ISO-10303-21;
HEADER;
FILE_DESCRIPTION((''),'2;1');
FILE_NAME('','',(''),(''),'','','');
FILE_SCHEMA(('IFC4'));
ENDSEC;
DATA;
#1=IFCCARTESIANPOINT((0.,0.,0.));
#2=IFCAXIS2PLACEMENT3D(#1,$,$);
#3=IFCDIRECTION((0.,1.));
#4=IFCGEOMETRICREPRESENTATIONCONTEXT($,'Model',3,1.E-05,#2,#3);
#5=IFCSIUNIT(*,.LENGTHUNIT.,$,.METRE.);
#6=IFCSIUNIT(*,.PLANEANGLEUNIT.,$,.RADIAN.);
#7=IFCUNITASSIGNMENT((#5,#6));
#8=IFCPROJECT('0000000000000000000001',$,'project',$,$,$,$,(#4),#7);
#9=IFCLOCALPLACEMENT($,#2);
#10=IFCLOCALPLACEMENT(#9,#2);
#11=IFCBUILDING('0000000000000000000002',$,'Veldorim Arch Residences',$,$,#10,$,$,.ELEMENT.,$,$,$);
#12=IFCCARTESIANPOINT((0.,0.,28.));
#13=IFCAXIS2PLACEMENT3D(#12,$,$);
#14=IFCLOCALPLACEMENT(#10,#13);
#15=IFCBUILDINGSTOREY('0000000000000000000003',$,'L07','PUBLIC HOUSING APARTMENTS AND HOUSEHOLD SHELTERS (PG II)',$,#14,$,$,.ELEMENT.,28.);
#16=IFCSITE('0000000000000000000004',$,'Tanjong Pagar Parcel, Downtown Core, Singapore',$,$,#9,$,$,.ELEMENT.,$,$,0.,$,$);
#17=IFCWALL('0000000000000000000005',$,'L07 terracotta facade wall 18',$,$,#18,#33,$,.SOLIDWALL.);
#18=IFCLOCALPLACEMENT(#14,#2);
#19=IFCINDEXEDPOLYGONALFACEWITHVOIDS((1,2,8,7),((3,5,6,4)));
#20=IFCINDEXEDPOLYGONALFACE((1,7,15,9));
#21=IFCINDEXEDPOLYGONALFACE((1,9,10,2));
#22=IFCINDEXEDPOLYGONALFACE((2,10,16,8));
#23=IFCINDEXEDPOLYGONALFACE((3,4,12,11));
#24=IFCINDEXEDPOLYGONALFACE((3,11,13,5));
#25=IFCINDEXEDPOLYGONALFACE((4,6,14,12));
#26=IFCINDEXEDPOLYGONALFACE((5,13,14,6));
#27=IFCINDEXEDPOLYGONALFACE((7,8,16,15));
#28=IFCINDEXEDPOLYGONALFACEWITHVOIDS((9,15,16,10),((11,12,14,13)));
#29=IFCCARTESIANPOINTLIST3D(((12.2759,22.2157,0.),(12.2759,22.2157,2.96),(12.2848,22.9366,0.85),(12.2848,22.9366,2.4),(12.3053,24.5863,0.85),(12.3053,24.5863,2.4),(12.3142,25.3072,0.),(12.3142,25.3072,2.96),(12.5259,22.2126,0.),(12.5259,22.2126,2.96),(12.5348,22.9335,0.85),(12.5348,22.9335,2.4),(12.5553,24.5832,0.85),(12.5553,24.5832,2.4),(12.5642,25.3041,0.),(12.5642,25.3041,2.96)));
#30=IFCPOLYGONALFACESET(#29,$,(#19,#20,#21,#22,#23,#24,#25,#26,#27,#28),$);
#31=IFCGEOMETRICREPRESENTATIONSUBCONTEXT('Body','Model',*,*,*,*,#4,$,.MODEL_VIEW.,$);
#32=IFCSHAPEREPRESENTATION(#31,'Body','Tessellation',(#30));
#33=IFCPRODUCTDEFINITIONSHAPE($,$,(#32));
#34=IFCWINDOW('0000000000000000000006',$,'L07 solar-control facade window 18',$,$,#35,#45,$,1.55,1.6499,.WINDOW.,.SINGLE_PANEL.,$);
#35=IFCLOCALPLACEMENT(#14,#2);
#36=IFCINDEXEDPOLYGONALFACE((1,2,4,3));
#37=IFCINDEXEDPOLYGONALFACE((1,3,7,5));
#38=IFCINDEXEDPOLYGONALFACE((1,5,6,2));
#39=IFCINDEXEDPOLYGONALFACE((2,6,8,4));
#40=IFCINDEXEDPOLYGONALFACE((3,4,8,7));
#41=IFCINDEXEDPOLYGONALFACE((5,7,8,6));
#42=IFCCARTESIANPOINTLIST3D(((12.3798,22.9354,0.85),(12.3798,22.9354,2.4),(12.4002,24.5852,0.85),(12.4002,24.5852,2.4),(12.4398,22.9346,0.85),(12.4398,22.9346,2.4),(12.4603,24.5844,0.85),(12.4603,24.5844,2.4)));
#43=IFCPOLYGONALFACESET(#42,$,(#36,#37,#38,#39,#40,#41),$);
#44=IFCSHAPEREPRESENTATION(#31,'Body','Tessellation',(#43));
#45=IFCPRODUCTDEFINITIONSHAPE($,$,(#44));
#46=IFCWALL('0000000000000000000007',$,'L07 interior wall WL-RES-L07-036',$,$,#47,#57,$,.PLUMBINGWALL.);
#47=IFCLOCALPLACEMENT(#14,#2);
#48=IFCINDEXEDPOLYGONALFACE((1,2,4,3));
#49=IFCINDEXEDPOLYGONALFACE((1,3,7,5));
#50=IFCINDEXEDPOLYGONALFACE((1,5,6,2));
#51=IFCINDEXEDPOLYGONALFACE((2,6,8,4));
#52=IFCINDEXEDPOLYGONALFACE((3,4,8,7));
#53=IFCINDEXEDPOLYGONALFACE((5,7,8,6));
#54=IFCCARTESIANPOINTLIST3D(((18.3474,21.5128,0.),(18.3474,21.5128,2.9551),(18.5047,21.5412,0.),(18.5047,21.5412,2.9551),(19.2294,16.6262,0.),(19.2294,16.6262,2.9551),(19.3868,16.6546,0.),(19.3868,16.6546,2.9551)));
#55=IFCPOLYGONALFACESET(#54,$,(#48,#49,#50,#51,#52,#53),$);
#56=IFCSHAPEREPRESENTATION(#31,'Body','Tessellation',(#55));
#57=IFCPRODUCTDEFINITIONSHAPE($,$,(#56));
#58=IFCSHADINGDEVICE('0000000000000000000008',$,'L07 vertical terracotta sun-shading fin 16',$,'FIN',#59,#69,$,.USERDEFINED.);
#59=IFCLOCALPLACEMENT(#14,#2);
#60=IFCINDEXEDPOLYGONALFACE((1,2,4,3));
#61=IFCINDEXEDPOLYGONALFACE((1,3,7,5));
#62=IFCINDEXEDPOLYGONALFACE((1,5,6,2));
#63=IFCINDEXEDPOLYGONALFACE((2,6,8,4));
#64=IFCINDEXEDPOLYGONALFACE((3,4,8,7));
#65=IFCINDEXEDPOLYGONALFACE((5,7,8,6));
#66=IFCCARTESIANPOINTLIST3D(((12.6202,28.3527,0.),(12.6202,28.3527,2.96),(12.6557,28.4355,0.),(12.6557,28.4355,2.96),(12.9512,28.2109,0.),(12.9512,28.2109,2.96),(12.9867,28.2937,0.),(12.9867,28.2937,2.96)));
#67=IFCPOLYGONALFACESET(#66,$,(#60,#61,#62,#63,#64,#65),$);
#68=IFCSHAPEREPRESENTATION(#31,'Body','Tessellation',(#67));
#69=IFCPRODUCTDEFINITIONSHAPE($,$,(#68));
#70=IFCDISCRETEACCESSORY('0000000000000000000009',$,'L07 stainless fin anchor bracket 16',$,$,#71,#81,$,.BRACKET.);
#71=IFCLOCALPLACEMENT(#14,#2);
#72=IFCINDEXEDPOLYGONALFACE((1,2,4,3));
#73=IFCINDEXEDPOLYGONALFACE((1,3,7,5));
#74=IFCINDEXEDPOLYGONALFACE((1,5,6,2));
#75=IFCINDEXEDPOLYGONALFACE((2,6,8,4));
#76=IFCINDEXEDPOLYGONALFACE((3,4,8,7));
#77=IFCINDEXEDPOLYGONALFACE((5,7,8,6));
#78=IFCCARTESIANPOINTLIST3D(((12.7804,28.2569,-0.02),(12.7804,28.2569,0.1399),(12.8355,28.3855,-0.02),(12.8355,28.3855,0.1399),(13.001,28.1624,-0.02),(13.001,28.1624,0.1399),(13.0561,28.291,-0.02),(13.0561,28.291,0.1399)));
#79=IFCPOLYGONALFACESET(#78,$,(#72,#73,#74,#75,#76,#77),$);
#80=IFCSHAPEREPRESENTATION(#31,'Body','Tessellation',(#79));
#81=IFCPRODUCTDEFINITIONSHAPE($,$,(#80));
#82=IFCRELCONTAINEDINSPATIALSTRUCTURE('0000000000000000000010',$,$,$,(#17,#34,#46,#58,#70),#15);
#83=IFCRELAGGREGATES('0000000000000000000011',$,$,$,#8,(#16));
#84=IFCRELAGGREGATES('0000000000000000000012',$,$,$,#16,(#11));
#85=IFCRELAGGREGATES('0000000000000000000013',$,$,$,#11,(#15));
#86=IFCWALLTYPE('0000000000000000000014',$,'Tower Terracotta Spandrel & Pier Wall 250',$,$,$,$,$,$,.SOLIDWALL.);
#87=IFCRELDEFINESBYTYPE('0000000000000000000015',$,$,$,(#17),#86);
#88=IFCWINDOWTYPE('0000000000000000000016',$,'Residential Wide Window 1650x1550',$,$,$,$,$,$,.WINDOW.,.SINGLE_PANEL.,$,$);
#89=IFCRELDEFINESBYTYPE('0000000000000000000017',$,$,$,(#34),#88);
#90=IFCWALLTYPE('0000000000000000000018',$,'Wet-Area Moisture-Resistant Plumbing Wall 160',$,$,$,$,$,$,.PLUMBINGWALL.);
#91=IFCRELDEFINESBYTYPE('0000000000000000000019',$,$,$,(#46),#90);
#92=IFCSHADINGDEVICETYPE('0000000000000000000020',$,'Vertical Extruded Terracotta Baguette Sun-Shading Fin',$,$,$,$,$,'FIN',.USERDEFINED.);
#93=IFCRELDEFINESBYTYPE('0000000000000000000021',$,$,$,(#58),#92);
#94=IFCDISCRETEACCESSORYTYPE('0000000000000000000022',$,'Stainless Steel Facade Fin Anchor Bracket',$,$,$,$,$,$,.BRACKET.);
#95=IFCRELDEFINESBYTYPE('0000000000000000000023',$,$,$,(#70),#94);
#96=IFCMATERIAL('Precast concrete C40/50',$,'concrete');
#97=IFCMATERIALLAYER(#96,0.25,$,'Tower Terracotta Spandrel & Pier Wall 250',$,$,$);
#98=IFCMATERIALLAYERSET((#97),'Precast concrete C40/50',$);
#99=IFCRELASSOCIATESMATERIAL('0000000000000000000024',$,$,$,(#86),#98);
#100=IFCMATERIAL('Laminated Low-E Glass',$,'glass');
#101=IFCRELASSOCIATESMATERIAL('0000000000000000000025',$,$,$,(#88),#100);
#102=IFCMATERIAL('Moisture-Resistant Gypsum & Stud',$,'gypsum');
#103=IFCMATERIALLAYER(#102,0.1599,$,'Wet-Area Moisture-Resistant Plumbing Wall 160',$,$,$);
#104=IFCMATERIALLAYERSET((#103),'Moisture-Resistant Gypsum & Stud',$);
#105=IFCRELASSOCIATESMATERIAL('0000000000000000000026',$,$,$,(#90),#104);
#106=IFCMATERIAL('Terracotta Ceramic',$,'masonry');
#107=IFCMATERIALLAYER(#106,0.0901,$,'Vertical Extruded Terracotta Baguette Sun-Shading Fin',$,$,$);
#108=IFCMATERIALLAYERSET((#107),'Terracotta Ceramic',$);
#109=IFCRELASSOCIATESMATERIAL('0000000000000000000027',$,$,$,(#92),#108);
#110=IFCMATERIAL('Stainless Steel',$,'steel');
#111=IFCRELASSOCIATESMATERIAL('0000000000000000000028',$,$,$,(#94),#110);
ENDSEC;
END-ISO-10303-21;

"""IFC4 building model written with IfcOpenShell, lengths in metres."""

from ifc_helpers import new_model, si_unit, direction, frame, frame_2d, origin, origin_2d, place, context, subcontext, project, spatial, rectangle, extrude, material, layer, layer_set, type_object, element, fill, save


model = new_model("IFC4")

# Units and contexts
model_context = context("Model", 3, precision=1e-05, world=origin(), true_north=direction((0.0, 1.0)))
body_context = subcontext(model_context, "Body", "Model", "MODEL_VIEW")
ifc_project = project(units=[si_unit("LENGTHUNIT", "METRE"), si_unit("PLANEANGLEUNIT", "RADIAN")], contexts=[model_context])

# Site, building, storey
site_placement = place(None, origin())
site = spatial("IfcSite", under=ifc_project, at=site_placement, Name="Tanjong Pagar Parcel, Downtown Core, Singapore", CompositionType="ELEMENT", RefElevation=0.0)
building_placement = place(site_placement, origin())
building = spatial("IfcBuilding", under=site, at=building_placement, Name="Veldorim Arch Residences", CompositionType="ELEMENT")
storey_placement = place(building_placement, frame((0.0, 0.0, 28.0)))
storey = spatial("IfcBuildingStorey", under=building, at=storey_placement, Name="L07", Description="PUBLIC HOUSING APARTMENTS AND HOUSEHOLD SHELTERS (PG II)", CompositionType="ELEMENT", Elevation=28.0)

# Shared definitions
ifc_material_1 = material(Name="Precast concrete C40/50", Category="concrete")
ifc_layer_1 = layer(ifc_material_1, 0.25, Name="Tower Terracotta Spandrel & Pier Wall 250")
ifc_layer_set_1 = layer_set([ifc_layer_1], Name="Precast concrete C40/50")
wall_type_1 = type_object("IfcWallType", Name="Tower Terracotta Spandrel & Pier Wall 250", PredefinedType="SOLIDWALL", material=ifc_layer_set_1)

# Wall, opening, window
wall_1_placement = place(storey_placement, frame((12.4009, 22.2141, 0.0), z_axis=(0.0, 0.0, 1.0), x_axis=(0.012397, 0.999923, 0.0)))
wall_1 = element("IfcWall", 1, at=wall_1_placement, inside=storey, type_object=wall_type_1, Name="L07 terracotta facade wall 18", PredefinedType="SOLIDWALL", context=body_context, shape_type="SweptSolid", body=[
    extrude(rectangle(XDim=3.0918, YDim=0.25, at=frame_2d((1.5459, 0.0))), origin(), (0.0, 0.0, 1.0), 2.96),
])
opening_1_placement = place(wall_1_placement, frame((0.7209, 0.0, 0.8501)))
opening_1 = element("IfcOpeningElement", 2, at=opening_1_placement, cuts=wall_1, PredefinedType="OPENING", context=body_context, shape_type="SweptSolid", body=[
    extrude(rectangle(XDim=1.6499, YDim=1.55, at=frame_2d((0.825, 0.7749))), frame((0.0, 0.135, 0.0), z_axis=(0.0, -1.0, 0.0), x_axis=(1.0, 0.0, 0.0)), (0.0, 0.0, 1.0), 0.27),
])
ifc_material_2 = material(Name="Laminated Low-E Glass", Category="glass")
window_type = type_object("IfcWindowType", Name="Residential Wide Window 1650x1550", PartitioningType="SINGLE_PANEL", PredefinedType="WINDOW", material=ifc_material_2)
window_placement = place(opening_1_placement, origin())
window = element("IfcWindow", 3, at=window_placement, inside=storey, type_object=window_type, Name="L07 solar-control facade window 18", OverallHeight=1.55, OverallWidth=1.6499, PartitioningType="SINGLE_PANEL", PredefinedType="WINDOW", context=body_context, shape_type="SweptSolid", body=[
    extrude(rectangle(XDim=1.6499, YDim=1.55, at=frame_2d((0.825, 0.7749))), frame((0.0, 0.03, 0.0), z_axis=(0.0, -1.0, 0.0), x_axis=(1.0, 0.0, 0.0)), (0.0, 0.0, 1.0), 0.0601),
])
fill(opening_1, window)

# Wall
ifc_material_3 = material(Name="Moisture-Resistant Gypsum & Stud", Category="gypsum")
ifc_layer_2 = layer(ifc_material_3, 0.1599, Name="Wet-Area Moisture-Resistant Plumbing Wall 160")
ifc_layer_set_2 = layer_set([ifc_layer_2], Name="Moisture-Resistant Gypsum & Stud")
wall_type_2 = type_object("IfcWallType", Name="Wet-Area Moisture-Resistant Plumbing Wall 160", PredefinedType="PLUMBINGWALL", material=ifc_layer_set_2)
wall_2_placement = place(storey_placement, frame((18.426, 21.5271, 0.0), z_axis=(0.0, 0.0, 1.0), x_axis=(0.177635, -0.984096, 0.0)))
element("IfcWall", 4, at=wall_2_placement, inside=storey, type_object=wall_type_2, Name="L07 interior wall WL-RES-L07-036", PredefinedType="PLUMBINGWALL", context=body_context, shape_type="SweptSolid", body=[
    extrude(rectangle(XDim=4.9656, YDim=0.1599, at=frame_2d((2.4829, 0.0))), origin(), (0.0, 0.0, 1.0), 2.9551),
])

# Shading device
ifc_material_4 = material(Name="Terracotta Ceramic", Category="masonry")
ifc_layer_3 = layer(ifc_material_4, 0.0901, Name="Vertical Extruded Terracotta Baguette Sun-Shading Fin")
ifc_layer_set_3 = layer_set([ifc_layer_3], Name="Terracotta Ceramic")
shading_device_type = type_object("IfcShadingDeviceType", Name="Vertical Extruded Terracotta Baguette Sun-Shading Fin", ElementType="FIN", PredefinedType="USERDEFINED", material=ifc_layer_set_3)
shading_device_placement = place(storey_placement, frame((12.8035, 28.3232, 0.0), z_axis=(0.0, 0.0, 1.0), x_axis=(0.393781, 0.919204, 0.0)))
element("IfcShadingDevice", 5, at=shading_device_placement, inside=storey, type_object=shading_device_type, Name="L07 vertical terracotta sun-shading fin 16", ObjectType="FIN", PredefinedType="USERDEFINED", context=body_context, shape_type="SweptSolid", body=[
    extrude(rectangle(XDim=0.0901, YDim=0.3601, at=origin_2d()), origin(), (0.0, 0.0, 1.0), 2.96),
])

# Discrete accessory
ifc_material_5 = material(Name="Stainless Steel", Category="steel")
discrete_accessory_type = type_object("IfcDiscreteAccessoryType", Name="Stainless Steel Facade Fin Anchor Bracket", PredefinedType="BRACKET", material=ifc_material_5)
discrete_accessory_placement = place(storey_placement, frame((12.9182, 28.2739, -0.02), z_axis=(0.0, 0.0, 1.0), x_axis=(0.393781, 0.919204, 0.0)))
element("IfcDiscreteAccessory", 6, at=discrete_accessory_placement, inside=storey, type_object=discrete_accessory_type, Name="L07 stainless fin anchor bracket 16", PredefinedType="BRACKET", context=body_context, shape_type="SweptSolid", body=[
    extrude(rectangle(XDim=0.1399, YDim=0.24, at=origin_2d()), origin(), (0.0, 0.0, 1.0), 0.1599),
])

save(model, "model.ifc")
